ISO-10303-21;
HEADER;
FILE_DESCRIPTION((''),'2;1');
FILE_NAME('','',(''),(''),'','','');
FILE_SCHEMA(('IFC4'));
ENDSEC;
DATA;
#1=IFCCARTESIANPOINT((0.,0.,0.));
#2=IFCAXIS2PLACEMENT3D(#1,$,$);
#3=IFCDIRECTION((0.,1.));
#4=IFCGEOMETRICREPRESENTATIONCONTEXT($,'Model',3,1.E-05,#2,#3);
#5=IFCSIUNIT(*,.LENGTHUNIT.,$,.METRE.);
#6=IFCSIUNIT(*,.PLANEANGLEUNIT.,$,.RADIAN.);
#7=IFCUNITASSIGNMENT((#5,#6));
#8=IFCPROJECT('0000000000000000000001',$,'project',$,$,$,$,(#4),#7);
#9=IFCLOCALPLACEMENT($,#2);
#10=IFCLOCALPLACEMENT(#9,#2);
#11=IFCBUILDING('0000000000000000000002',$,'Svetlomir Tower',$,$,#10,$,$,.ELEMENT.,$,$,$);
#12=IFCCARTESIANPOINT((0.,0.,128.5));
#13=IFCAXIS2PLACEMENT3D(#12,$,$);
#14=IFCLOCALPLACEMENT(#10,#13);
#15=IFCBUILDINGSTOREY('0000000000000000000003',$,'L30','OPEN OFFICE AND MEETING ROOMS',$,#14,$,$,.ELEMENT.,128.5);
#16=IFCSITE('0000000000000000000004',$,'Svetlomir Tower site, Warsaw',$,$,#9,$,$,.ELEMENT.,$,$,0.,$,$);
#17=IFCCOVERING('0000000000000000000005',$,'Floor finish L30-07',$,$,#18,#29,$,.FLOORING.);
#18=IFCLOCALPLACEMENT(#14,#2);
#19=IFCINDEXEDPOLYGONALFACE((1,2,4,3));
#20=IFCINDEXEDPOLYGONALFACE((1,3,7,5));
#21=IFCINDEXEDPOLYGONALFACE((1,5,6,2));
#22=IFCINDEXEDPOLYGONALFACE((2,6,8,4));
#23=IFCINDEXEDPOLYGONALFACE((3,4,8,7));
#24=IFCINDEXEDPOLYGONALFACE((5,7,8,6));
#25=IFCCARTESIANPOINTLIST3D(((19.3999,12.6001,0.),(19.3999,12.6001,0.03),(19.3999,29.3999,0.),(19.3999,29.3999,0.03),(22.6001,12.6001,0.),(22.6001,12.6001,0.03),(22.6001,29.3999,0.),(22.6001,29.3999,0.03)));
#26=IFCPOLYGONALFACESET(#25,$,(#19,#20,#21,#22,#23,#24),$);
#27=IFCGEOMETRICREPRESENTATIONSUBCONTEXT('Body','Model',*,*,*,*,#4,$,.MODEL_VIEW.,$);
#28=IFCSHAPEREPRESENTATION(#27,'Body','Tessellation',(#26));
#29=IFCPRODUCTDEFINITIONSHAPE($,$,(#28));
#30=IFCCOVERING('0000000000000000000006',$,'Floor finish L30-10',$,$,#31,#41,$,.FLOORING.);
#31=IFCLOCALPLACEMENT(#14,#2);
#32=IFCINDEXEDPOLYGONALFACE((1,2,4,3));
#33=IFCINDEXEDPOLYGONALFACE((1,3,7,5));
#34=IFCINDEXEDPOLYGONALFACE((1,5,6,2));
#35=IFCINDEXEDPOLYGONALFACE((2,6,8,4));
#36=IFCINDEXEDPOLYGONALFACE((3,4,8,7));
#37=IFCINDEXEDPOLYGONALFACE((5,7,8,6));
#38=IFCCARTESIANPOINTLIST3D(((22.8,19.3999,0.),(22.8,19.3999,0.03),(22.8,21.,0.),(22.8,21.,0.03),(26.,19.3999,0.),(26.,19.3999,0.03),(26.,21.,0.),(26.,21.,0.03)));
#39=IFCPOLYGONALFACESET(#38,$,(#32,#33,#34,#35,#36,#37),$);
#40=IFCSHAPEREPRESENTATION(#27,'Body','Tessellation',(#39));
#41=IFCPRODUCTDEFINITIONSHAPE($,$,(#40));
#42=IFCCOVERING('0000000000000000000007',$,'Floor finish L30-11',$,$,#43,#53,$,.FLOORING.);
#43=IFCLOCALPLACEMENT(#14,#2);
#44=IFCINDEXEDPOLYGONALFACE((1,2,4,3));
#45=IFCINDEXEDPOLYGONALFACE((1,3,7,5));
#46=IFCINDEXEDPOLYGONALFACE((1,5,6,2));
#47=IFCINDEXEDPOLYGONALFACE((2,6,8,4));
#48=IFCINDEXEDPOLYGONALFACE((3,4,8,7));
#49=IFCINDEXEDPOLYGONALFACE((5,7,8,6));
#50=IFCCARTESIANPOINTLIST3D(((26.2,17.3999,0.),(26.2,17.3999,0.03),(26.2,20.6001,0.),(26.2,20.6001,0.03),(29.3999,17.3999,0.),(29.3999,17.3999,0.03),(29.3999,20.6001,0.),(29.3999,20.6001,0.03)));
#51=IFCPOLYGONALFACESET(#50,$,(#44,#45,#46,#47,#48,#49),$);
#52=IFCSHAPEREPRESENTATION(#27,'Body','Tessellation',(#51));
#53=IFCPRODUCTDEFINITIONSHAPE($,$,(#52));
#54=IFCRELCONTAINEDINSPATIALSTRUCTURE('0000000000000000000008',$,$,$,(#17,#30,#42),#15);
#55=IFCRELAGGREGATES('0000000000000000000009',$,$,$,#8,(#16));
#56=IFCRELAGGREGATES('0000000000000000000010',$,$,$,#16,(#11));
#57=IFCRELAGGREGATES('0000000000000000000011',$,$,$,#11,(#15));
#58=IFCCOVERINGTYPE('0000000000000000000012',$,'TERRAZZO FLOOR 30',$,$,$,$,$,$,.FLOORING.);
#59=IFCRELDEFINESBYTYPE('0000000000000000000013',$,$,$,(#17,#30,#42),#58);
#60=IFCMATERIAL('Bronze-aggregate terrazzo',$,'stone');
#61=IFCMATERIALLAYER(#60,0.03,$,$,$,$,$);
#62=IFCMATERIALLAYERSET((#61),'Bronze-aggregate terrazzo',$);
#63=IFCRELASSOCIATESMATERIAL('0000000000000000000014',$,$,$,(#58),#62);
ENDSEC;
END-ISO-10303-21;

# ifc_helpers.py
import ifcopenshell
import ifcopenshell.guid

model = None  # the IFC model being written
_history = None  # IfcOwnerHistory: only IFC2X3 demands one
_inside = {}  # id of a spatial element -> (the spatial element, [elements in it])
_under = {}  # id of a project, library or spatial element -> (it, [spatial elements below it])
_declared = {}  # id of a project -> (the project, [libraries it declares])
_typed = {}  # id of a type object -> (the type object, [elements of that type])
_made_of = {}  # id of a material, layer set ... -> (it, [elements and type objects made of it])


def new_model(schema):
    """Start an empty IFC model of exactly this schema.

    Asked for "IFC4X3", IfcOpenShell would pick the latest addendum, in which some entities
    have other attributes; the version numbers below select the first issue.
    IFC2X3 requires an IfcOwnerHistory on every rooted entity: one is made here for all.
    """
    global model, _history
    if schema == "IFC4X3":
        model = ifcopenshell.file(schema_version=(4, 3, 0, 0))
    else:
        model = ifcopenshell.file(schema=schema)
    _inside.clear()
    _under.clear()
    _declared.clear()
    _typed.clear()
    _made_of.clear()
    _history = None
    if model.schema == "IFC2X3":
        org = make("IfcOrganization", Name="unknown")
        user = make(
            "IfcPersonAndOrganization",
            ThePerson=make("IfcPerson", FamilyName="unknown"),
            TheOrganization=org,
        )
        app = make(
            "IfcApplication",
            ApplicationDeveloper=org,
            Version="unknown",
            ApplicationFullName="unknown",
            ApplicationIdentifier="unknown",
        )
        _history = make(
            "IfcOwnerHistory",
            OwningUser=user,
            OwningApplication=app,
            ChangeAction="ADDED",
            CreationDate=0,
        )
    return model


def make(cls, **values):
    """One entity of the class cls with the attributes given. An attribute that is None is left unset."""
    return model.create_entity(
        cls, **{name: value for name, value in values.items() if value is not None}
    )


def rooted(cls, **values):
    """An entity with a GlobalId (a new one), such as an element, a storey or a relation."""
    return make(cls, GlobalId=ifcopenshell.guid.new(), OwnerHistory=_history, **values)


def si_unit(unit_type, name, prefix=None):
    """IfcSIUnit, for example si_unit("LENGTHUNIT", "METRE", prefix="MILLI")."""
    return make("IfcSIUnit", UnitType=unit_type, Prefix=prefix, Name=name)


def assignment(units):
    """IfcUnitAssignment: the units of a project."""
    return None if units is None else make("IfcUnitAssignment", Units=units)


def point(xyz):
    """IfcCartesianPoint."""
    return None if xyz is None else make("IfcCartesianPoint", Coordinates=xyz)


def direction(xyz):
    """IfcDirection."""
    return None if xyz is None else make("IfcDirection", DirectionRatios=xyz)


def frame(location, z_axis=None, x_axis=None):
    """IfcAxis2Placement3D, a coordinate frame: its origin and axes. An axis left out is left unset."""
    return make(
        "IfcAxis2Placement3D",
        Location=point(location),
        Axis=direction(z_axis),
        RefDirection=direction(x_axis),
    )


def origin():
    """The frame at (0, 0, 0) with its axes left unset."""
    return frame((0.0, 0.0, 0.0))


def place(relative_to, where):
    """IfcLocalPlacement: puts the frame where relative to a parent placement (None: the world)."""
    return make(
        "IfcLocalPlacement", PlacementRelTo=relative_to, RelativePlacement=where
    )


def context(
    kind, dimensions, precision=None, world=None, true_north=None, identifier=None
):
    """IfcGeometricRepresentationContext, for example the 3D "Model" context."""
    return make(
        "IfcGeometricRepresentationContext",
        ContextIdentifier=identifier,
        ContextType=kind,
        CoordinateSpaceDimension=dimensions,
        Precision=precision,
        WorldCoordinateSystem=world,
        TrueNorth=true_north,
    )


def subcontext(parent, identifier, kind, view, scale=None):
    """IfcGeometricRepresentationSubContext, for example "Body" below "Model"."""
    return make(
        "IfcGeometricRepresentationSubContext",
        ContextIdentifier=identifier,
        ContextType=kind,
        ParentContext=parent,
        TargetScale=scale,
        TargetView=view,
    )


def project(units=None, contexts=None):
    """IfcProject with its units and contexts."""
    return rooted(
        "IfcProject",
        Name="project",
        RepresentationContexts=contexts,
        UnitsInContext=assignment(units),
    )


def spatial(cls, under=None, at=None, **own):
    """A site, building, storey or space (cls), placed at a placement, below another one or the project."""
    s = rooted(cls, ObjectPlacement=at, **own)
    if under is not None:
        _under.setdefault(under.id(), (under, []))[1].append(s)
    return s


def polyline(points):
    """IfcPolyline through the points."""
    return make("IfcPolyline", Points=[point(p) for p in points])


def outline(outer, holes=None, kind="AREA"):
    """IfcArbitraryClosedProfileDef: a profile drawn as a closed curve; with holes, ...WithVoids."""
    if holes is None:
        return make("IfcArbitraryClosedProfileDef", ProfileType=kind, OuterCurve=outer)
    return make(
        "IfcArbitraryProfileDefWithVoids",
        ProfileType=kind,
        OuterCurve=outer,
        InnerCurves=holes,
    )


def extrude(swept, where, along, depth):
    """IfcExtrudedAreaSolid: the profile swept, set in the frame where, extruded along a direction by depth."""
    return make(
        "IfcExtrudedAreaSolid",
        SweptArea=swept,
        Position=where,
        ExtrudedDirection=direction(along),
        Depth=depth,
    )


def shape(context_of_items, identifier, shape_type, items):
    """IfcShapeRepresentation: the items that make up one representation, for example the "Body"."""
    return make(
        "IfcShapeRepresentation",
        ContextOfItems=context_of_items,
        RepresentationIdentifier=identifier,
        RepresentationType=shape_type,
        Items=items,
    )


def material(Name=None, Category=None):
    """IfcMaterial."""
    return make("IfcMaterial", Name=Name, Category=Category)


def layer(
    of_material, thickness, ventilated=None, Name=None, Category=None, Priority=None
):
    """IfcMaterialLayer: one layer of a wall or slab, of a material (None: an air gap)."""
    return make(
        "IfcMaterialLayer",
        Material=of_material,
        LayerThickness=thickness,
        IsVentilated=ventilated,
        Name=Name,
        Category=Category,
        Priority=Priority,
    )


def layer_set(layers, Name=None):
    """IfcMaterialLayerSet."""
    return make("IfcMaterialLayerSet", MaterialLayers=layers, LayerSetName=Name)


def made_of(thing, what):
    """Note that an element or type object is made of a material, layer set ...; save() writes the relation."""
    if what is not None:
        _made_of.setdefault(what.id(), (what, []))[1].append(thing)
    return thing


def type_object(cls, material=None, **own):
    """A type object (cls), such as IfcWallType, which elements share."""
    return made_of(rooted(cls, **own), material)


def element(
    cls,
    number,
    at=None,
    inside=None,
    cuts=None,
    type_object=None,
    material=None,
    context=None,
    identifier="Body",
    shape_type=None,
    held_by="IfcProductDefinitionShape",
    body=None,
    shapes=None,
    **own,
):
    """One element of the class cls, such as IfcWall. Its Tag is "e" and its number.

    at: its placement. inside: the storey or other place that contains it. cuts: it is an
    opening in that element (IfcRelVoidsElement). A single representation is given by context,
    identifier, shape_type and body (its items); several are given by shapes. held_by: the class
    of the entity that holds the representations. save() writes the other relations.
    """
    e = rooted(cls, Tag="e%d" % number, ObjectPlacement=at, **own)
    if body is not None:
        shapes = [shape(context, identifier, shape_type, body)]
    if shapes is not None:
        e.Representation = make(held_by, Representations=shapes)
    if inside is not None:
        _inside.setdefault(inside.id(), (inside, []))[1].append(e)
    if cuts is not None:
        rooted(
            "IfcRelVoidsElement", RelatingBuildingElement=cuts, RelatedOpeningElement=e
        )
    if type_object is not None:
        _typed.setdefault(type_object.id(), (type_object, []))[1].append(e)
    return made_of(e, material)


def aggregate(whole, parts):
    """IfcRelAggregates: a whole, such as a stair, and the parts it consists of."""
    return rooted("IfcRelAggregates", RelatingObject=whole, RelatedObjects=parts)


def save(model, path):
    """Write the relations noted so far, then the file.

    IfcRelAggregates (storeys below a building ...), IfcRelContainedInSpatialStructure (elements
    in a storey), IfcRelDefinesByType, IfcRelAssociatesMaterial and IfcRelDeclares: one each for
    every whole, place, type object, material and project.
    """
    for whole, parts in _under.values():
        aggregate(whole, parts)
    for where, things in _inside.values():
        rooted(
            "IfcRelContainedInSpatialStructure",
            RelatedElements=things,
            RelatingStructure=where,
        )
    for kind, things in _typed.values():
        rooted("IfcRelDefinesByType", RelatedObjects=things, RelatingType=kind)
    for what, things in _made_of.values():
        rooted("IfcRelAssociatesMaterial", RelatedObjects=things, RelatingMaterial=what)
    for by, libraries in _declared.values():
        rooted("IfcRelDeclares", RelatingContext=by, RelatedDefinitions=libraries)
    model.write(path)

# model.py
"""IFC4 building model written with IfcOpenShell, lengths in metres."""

from ifc_helpers import new_model, si_unit, direction, frame, origin, place, context, subcontext, project, spatial, polyline, outline, extrude, material, layer, layer_set, type_object, element, save


model = new_model("IFC4")

# Units and contexts
model_context = context("Model", 3, precision=1e-05, world=origin(), true_north=direction((0.0, 1.0)))
body_context = subcontext(model_context, "Body", "Model", "MODEL_VIEW")
ifc_project = project(units=[si_unit("LENGTHUNIT", "METRE"), si_unit("PLANEANGLEUNIT", "RADIAN")], contexts=[model_context])

# Site, building, storey
site_placement = place(None, origin())
site = spatial("IfcSite", under=ifc_project, at=site_placement, Name="Svetlomir Tower site, Warsaw", CompositionType="ELEMENT", RefElevation=0.0)
building_placement = place(site_placement, origin())
building = spatial("IfcBuilding", under=site, at=building_placement, Name="Svetlomir Tower", CompositionType="ELEMENT")
storey_placement = place(building_placement, frame((0.0, 0.0, 128.5)))
storey = spatial("IfcBuildingStorey", under=building, at=storey_placement, Name="L30", Description="OPEN OFFICE AND MEETING ROOMS", CompositionType="ELEMENT", Elevation=128.5)

# Coverings
ifc_material_1 = material(Name="Bronze-aggregate terrazzo", Category="stone")
ifc_layer_1 = layer(ifc_material_1, 0.03)
ifc_layer_set_1 = layer_set([ifc_layer_1], Name="Bronze-aggregate terrazzo")
covering_type_1 = type_object("IfcCoveringType", Name="TERRAZZO FLOOR 30", PredefinedType="FLOORING", material=ifc_layer_set_1)
covering_1_placement = place(storey_placement, origin())
element("IfcCovering", 1, at=covering_1_placement, inside=storey, type_object=covering_type_1, Name="Floor finish L30-07", PredefinedType="FLOORING", context=body_context, shape_type="SweptSolid", body=[
    extrude(outline(polyline([(19.3999, 12.6001), (22.6001, 12.6001), (22.6001, 29.3999), (19.3999, 29.3999), (19.3999, 12.6001)])), origin(), (0.0, 0.0, 1.0), 0.03),
])
covering_2_placement = place(storey_placement, origin())
element("IfcCovering", 2, at=covering_2_placement, inside=storey, type_object=covering_type_1, Name="Floor finish L30-10", PredefinedType="FLOORING", context=body_context, shape_type="SweptSolid", body=[
    extrude(outline(polyline([(22.8, 19.3999), (26.0, 19.3999), (26.0, 21.0), (22.8, 21.0), (22.8, 19.3999)])), origin(), (0.0, 0.0, 1.0), 0.03),
])
covering_3_placement = place(storey_placement, origin())
element("IfcCovering", 3, at=covering_3_placement, inside=storey, type_object=covering_type_1, Name="Floor finish L30-11", PredefinedType="FLOORING", context=body_context, shape_type="SweptSolid", body=[
    extrude(outline(polyline([(26.2, 17.3999), (29.3999, 17.3999), (29.3999, 20.6001), (26.2, 20.6001), (26.2, 17.3999)])), origin(), (0.0, 0.0, 1.0), 0.03),
])

save(model, "model.ifc")
